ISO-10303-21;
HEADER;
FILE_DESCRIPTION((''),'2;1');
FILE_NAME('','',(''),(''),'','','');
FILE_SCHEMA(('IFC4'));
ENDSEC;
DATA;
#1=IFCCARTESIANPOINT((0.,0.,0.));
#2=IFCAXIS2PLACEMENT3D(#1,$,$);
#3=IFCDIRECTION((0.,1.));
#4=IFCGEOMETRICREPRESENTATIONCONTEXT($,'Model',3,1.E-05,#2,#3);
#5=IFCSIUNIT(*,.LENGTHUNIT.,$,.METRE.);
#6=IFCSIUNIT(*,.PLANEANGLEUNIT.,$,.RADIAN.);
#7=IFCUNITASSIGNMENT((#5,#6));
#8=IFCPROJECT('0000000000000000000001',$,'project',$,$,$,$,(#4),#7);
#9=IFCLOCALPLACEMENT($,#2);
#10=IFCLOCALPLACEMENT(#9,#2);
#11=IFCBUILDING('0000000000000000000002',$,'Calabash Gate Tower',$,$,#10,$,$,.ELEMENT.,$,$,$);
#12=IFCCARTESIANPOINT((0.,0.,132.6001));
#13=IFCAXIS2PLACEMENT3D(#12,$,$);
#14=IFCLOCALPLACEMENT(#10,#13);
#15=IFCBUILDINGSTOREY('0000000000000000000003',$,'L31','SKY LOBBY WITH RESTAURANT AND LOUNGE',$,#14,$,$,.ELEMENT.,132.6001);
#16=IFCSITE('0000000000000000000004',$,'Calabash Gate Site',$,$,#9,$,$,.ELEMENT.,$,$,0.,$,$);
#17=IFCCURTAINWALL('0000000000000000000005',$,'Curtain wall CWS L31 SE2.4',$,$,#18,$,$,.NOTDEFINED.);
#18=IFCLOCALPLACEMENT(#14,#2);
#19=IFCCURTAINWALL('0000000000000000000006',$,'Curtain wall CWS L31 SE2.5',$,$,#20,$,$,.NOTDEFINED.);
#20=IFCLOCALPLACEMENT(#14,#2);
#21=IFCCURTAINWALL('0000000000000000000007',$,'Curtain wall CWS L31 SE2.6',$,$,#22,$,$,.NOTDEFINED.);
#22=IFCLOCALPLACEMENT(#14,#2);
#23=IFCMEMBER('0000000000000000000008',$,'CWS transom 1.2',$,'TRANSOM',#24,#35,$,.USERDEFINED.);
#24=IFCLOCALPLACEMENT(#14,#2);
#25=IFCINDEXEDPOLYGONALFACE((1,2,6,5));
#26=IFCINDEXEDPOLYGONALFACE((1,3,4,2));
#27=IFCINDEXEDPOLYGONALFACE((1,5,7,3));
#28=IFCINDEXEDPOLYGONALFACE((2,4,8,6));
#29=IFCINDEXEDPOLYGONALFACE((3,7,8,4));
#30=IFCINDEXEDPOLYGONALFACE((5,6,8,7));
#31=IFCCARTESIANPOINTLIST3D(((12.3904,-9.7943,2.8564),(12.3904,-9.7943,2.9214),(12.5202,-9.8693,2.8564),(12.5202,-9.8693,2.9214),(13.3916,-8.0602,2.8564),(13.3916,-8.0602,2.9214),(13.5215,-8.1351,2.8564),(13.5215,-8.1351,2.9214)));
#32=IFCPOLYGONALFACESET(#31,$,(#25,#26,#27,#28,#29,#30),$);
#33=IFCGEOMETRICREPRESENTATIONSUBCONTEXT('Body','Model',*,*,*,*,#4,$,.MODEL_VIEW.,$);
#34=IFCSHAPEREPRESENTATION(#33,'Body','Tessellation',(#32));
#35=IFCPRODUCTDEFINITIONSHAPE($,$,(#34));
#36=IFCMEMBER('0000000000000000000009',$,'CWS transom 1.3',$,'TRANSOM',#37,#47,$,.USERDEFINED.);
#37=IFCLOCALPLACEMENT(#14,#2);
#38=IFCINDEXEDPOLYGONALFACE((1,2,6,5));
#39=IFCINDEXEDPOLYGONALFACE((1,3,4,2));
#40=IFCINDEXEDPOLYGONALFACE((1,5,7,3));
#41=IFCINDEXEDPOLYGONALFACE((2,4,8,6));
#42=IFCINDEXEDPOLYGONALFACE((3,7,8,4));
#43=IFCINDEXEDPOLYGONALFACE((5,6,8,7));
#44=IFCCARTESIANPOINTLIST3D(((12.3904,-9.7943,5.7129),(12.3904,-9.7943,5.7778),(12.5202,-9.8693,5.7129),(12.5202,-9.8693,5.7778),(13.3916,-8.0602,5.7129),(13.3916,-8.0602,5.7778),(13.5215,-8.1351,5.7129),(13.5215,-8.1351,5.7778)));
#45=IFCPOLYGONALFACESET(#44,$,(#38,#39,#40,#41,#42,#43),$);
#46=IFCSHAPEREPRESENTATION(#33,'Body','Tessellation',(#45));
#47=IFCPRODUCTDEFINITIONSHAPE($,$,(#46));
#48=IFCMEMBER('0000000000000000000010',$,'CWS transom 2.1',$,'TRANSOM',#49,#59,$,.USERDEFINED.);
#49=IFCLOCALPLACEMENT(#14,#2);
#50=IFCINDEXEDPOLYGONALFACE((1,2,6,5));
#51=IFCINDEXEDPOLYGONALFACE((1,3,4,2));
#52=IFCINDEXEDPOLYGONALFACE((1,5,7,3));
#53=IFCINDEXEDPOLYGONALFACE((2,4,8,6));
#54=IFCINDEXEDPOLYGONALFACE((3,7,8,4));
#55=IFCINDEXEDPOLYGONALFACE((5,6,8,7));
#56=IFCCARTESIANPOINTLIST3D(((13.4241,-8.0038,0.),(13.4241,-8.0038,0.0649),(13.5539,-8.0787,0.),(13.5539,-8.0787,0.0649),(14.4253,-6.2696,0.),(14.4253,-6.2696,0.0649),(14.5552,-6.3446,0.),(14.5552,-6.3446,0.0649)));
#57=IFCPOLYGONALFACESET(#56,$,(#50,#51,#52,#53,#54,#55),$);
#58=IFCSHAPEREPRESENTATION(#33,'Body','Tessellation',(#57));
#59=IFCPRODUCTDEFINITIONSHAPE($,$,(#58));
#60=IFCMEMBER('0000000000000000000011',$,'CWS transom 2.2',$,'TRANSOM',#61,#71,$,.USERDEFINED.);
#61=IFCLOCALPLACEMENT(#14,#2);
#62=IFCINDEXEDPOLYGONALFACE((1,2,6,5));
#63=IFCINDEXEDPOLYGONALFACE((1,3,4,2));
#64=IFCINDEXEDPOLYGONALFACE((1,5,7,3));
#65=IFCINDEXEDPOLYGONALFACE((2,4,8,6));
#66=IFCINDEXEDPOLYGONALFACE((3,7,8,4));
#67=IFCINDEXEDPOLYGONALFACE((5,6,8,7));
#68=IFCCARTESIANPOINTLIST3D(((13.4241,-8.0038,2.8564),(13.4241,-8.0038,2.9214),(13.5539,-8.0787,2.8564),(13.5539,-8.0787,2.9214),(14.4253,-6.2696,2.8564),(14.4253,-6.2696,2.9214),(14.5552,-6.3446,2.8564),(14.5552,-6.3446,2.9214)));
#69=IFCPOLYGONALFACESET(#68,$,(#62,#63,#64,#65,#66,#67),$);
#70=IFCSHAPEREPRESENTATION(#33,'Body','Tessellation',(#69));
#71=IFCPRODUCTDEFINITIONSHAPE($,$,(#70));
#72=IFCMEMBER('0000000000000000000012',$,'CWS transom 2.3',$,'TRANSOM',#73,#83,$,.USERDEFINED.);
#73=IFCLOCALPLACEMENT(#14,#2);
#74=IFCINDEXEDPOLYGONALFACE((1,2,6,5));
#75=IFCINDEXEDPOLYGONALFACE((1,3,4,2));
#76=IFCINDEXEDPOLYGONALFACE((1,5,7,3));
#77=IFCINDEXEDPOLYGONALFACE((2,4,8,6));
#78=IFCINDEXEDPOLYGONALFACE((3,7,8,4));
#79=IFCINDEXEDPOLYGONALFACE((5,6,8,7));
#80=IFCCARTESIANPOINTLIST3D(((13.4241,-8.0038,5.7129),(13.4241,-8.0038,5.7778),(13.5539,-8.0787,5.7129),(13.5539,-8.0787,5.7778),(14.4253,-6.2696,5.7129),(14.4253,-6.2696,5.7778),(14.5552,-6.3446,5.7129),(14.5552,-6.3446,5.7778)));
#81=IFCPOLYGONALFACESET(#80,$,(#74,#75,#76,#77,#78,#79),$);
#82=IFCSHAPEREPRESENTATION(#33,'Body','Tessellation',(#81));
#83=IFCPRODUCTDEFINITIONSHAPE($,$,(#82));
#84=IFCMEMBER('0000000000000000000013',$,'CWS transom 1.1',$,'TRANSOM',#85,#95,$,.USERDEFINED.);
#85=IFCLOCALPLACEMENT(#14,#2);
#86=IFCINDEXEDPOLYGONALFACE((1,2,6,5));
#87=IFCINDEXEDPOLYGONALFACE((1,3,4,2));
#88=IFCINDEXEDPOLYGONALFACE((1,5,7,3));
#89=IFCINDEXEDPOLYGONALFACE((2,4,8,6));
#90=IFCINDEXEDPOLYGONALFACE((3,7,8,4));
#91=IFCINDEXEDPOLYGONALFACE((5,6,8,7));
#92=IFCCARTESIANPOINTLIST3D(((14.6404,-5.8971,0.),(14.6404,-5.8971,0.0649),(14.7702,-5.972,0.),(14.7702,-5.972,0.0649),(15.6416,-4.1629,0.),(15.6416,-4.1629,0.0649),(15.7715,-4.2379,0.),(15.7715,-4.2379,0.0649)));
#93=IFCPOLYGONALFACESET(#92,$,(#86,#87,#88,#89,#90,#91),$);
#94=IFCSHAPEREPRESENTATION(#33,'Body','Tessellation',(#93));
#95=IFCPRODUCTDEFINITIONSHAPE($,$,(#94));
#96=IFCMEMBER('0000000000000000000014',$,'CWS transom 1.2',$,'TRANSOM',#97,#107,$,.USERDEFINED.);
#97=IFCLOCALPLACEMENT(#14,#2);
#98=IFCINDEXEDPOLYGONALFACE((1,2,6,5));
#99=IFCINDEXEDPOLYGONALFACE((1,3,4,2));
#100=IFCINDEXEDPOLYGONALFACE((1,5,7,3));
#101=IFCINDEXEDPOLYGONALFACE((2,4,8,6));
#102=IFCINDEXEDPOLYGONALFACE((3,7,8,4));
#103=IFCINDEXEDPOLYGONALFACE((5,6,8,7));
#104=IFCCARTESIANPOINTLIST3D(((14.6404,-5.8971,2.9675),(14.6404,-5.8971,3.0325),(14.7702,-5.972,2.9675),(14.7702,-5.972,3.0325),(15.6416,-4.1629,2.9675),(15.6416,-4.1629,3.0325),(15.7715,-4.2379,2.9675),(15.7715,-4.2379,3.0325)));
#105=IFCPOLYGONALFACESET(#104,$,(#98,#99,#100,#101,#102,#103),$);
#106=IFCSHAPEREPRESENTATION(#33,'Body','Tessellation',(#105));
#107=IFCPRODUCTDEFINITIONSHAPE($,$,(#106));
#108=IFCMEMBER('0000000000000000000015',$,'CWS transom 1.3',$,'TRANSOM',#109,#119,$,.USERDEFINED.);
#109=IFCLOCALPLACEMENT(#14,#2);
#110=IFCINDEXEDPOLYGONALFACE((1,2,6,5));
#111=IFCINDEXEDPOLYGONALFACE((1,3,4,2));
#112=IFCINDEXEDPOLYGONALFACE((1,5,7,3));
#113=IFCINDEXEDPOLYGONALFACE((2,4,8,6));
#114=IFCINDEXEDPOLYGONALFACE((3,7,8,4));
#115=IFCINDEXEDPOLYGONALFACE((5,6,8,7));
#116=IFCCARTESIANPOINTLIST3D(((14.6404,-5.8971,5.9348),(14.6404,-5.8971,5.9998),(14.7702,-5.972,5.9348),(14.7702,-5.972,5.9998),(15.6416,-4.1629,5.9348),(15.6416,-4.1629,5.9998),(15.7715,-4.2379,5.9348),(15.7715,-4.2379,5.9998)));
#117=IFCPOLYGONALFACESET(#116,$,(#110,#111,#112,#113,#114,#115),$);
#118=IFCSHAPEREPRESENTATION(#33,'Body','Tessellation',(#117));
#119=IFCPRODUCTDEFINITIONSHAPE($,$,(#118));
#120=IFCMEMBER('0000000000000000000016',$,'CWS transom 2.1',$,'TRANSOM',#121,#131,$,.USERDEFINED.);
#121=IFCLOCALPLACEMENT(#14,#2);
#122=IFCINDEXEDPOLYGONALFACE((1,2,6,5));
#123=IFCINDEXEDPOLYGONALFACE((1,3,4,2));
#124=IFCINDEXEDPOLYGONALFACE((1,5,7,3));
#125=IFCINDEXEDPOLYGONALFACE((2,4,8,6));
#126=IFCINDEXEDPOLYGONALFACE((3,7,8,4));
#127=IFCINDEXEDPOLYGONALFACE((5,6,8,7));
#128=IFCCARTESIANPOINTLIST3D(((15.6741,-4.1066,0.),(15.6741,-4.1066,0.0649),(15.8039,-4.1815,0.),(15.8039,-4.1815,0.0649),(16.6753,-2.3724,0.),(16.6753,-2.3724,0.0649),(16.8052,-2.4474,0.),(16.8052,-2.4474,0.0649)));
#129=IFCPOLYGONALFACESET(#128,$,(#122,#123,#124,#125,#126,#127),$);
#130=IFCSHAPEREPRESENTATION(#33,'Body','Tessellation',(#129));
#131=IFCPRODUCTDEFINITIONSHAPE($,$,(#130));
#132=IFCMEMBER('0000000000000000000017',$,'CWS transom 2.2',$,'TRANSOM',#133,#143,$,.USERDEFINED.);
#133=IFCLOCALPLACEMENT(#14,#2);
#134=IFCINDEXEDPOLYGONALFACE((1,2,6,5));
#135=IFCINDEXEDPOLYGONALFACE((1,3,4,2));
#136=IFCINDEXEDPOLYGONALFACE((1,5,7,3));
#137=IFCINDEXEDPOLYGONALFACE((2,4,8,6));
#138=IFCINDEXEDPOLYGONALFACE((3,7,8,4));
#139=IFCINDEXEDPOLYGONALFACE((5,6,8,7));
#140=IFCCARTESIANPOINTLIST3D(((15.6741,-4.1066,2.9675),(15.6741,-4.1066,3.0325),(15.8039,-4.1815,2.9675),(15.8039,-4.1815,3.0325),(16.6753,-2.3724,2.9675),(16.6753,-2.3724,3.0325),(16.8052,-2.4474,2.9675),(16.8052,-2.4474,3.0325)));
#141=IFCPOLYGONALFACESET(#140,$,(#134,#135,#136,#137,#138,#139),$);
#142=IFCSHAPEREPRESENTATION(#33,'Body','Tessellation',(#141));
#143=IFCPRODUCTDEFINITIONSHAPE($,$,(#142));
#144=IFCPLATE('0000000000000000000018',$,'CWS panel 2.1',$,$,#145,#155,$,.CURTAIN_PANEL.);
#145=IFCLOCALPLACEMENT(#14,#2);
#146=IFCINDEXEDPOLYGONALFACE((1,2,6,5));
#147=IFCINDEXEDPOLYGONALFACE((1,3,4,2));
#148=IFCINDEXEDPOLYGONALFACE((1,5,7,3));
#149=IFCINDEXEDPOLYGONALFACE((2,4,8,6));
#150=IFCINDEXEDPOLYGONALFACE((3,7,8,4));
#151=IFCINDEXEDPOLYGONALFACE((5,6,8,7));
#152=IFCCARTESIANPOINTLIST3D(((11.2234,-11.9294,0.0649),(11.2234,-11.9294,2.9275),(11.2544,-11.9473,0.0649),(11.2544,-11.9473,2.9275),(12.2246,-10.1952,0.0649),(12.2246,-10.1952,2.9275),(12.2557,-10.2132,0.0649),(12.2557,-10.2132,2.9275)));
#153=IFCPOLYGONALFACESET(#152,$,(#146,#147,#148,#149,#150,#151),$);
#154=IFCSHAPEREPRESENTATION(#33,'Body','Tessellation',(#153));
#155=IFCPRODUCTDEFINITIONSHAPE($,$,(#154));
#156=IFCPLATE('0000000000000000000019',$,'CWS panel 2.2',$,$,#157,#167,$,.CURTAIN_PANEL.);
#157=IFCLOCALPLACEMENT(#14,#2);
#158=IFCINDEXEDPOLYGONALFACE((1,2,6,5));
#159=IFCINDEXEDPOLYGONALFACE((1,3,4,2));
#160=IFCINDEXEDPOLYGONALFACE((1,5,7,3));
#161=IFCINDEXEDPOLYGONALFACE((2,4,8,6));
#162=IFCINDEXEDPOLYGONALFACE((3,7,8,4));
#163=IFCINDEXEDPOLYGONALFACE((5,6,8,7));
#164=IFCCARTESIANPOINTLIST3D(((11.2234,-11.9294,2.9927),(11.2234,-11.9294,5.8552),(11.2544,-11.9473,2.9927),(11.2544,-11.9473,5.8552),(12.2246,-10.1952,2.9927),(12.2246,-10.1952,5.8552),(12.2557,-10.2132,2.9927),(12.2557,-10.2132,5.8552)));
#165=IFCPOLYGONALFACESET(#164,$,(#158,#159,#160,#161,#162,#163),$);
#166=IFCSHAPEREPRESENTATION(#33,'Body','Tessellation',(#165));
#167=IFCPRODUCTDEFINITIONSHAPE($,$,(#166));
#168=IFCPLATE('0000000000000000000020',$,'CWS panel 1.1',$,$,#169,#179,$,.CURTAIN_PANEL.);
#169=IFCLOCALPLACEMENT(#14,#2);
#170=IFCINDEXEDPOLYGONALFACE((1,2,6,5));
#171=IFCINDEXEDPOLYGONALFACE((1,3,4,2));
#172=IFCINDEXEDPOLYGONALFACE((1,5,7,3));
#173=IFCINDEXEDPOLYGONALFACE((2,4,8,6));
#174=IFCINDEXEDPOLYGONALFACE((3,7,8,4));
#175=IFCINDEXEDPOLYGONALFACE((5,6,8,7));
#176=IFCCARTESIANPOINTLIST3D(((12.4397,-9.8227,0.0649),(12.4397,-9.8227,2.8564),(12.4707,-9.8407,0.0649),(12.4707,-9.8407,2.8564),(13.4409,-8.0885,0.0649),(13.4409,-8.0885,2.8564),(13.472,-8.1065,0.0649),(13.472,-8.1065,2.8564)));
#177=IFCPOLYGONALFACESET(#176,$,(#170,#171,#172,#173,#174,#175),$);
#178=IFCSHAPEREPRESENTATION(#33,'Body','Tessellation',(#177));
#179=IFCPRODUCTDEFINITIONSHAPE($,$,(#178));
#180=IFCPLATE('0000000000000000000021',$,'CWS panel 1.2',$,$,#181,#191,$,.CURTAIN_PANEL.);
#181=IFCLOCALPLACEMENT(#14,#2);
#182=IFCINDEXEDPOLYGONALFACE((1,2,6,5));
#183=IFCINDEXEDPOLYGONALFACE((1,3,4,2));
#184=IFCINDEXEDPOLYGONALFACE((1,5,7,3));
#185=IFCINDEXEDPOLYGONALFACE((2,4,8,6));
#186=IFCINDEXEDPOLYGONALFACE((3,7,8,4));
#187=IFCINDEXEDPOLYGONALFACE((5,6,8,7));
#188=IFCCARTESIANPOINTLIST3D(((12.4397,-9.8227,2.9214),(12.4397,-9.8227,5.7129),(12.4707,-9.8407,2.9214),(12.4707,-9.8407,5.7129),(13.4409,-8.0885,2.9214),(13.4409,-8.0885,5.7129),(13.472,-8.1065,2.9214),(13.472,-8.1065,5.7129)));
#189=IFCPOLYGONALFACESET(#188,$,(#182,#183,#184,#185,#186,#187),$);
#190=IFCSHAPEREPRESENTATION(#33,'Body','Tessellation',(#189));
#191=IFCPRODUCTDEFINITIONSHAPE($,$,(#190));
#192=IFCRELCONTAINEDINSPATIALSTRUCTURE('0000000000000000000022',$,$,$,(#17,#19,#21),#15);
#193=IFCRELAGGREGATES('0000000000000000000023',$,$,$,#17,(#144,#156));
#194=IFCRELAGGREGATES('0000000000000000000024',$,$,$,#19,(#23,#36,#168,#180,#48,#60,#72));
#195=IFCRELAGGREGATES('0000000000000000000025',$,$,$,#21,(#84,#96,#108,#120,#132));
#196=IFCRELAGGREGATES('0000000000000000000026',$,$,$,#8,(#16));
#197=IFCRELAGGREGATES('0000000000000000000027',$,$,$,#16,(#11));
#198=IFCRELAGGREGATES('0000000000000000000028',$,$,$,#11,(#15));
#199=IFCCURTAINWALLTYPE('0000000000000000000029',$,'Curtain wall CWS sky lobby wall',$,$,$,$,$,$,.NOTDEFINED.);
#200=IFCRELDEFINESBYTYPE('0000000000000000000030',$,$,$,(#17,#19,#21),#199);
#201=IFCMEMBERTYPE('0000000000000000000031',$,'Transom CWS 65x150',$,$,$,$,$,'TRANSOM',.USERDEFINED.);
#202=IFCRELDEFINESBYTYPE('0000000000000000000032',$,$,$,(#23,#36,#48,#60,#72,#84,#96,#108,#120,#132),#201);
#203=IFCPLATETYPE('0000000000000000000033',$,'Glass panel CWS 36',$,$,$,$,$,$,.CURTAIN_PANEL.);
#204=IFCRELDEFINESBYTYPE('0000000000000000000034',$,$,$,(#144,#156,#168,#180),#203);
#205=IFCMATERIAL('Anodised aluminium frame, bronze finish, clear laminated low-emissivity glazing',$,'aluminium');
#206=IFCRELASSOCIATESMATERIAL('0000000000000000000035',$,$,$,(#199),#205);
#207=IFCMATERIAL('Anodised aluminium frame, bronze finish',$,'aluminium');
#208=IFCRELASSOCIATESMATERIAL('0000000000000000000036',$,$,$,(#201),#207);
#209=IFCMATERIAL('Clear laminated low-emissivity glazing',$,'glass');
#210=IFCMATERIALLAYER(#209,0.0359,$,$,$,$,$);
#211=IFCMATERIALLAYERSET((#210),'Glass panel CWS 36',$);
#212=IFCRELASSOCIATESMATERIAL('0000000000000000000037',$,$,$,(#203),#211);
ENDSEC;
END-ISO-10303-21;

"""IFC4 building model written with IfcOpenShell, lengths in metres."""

from ifc_helpers import new_model, si_unit, direction, frame, origin, origin_2d, place, context, subcontext, project, spatial, rectangle, extrude, material, layer, layer_set, material_profile, profile_set, type_object, element, aggregate, save


model = new_model("IFC4")

# Units and contexts
model_context = context("Model", 3, precision=1e-05, world=origin(), true_north=direction((0.0, 1.0)))
body_context = subcontext(model_context, "Body", "Model", "MODEL_VIEW")
ifc_project = project(units=[si_unit("LENGTHUNIT", "METRE"), si_unit("PLANEANGLEUNIT", "RADIAN")], contexts=[model_context])

# Site, building, storey
site_placement = place(None, origin())
site = spatial("IfcSite", under=ifc_project, at=site_placement, Name="Calabash Gate Site", CompositionType="ELEMENT", RefElevation=0.0)
building_placement = place(site_placement, origin())
building = spatial("IfcBuilding", under=site, at=building_placement, Name="Calabash Gate Tower", CompositionType="ELEMENT")
storey_placement = place(building_placement, frame((0.0, 0.0, 132.6001)))
storey = spatial("IfcBuildingStorey", under=building, at=storey_placement, Name="L31", Description="SKY LOBBY WITH RESTAURANT AND LOUNGE", CompositionType="ELEMENT", Elevation=132.6001)

# Curtain wall
ifc_material_1 = material(Name="Anodised aluminium frame, bronze finish, clear laminated low-emissivity glazing", Category="aluminium")
curtain_wall_type = type_object("IfcCurtainWallType", Name="Curtain wall CWS sky lobby wall", PredefinedType="NOTDEFINED", material=ifc_material_1)
curtain_wall_1_placement = place(storey_placement, origin())
curtain_wall_1 = element("IfcCurtainWall", 1, at=curtain_wall_1_placement, inside=storey, type_object=curtain_wall_type, Name="Curtain wall CWS L31 SE2.4", PredefinedType="NOTDEFINED")

# Curtain walls
curtain_wall_2_placement = place(storey_placement, origin())
curtain_wall_2 = element("IfcCurtainWall", 2, at=curtain_wall_2_placement, inside=storey, type_object=curtain_wall_type, Name="Curtain wall CWS L31 SE2.5", PredefinedType="NOTDEFINED")
curtain_wall_3_placement = place(storey_placement, origin())
curtain_wall_3 = element("IfcCurtainWall", 3, at=curtain_wall_3_placement, inside=storey, type_object=curtain_wall_type, Name="Curtain wall CWS L31 SE2.6", PredefinedType="NOTDEFINED")

# Members
ifc_material_2 = material(Name="Anodised aluminium frame, bronze finish", Category="aluminium")
ifc_material_profile_1 = material_profile(ifc_material_2, rectangle(XDim=0.1499, YDim=0.0649, at=origin_2d()))
ifc_profile_set_1 = profile_set([ifc_material_profile_1], Name="Anodised aluminium frame, bronze finish")
member_type_1 = type_object("IfcMemberType", Name="Transom CWS 65x150", ElementType="TRANSOM", PredefinedType="USERDEFINED", material=ifc_profile_set_1)
member_1_placement = place(storey_placement, frame((12.4553, -9.8318, 2.8889), z_axis=(0.500007, 0.866021, 0.0), x_axis=(-0.866021, 0.500007, 0.0)))
member_1 = element("IfcMember", 4, at=member_1_placement, type_object=member_type_1, Name="CWS transom 1.2", ObjectType="TRANSOM", PredefinedType="USERDEFINED", context=body_context, shape_type="SweptSolid", body=[
    extrude(rectangle(XDim=0.1499, YDim=0.0649, at=origin_2d()), origin(), (0.0, 0.0, 1.0), 2.0024),
])
member_2_placement = place(storey_placement, frame((12.4553, -9.8318, 5.7454), z_axis=(0.500007, 0.866021, 0.0), x_axis=(-0.866021, 0.500007, 0.0)))
member_2 = element("IfcMember", 5, at=member_2_placement, type_object=member_type_1, Name="CWS transom 1.3", ObjectType="TRANSOM", PredefinedType="USERDEFINED", context=body_context, shape_type="SweptSolid", body=[
    extrude(rectangle(XDim=0.1499, YDim=0.0649, at=origin_2d()), origin(), (0.0, 0.0, 1.0), 2.0024),
])
member_3_placement = place(storey_placement, frame((13.489, -8.0413, 0.0325), z_axis=(0.500007, 0.866021, 0.0), x_axis=(-0.866021, 0.500007, 0.0)))
member_3 = element("IfcMember", 6, at=member_3_placement, type_object=member_type_1, Name="CWS transom 2.1", ObjectType="TRANSOM", PredefinedType="USERDEFINED", context=body_context, shape_type="SweptSolid", body=[
    extrude(rectangle(XDim=0.1499, YDim=0.0649, at=origin_2d()), origin(), (0.0, 0.0, 1.0), 2.0024),
])
member_4_placement = place(storey_placement, frame((13.489, -8.0413, 2.8889), z_axis=(0.500007, 0.866021, 0.0), x_axis=(-0.866021, 0.500007, 0.0)))
member_4 = element("IfcMember", 7, at=member_4_placement, type_object=member_type_1, Name="CWS transom 2.2", ObjectType="TRANSOM", PredefinedType="USERDEFINED", context=body_context, shape_type="SweptSolid", body=[
    extrude(rectangle(XDim=0.1499, YDim=0.0649, at=origin_2d()), origin(), (0.0, 0.0, 1.0), 2.0024),
])
member_5_placement = place(storey_placement, frame((13.489, -8.0413, 5.7454), z_axis=(0.500007, 0.866021, 0.0), x_axis=(-0.866021, 0.500007, 0.0)))
member_5 = element("IfcMember", 8, at=member_5_placement, type_object=member_type_1, Name="CWS transom 2.3", ObjectType="TRANSOM", PredefinedType="USERDEFINED", context=body_context, shape_type="SweptSolid", body=[
    extrude(rectangle(XDim=0.1499, YDim=0.0649, at=origin_2d()), origin(), (0.0, 0.0, 1.0), 2.0024),
])
member_6_placement = place(storey_placement, frame((14.7053, -5.9346, 0.0325), z_axis=(0.500007, 0.866021, 0.0), x_axis=(-0.866021, 0.500007, 0.0)))
member_6 = element("IfcMember", 9, at=member_6_placement, type_object=member_type_1, Name="CWS transom 1.1", ObjectType="TRANSOM", PredefinedType="USERDEFINED", context=body_context, shape_type="SweptSolid", body=[
    extrude(rectangle(XDim=0.1499, YDim=0.0649, at=origin_2d()), origin(), (0.0, 0.0, 1.0), 2.0024),
])
member_7_placement = place(storey_placement, frame((14.7053, -5.9346, 3.0), z_axis=(0.500007, 0.866021, 0.0), x_axis=(-0.866021, 0.500007, 0.0)))
member_7 = element("IfcMember", 10, at=member_7_placement, type_object=member_type_1, Name="CWS transom 1.2", ObjectType="TRANSOM", PredefinedType="USERDEFINED", context=body_context, shape_type="SweptSolid", body=[
    extrude(rectangle(XDim=0.1499, YDim=0.0649, at=origin_2d()), origin(), (0.0, 0.0, 1.0), 2.0024),
])
member_8_placement = place(storey_placement, frame((14.7053, -5.9346, 5.9673), z_axis=(0.500007, 0.866021, 0.0), x_axis=(-0.866021, 0.500007, 0.0)))
member_8 = element("IfcMember", 11, at=member_8_placement, type_object=member_type_1, Name="CWS transom 1.3", ObjectType="TRANSOM", PredefinedType="USERDEFINED", context=body_context, shape_type="SweptSolid", body=[
    extrude(rectangle(XDim=0.1499, YDim=0.0649, at=origin_2d()), origin(), (0.0, 0.0, 1.0), 2.0024),
])
member_9_placement = place(storey_placement, frame((15.739, -4.144, 0.0325), z_axis=(0.500007, 0.866021, 0.0), x_axis=(-0.866021, 0.500007, 0.0)))
member_9 = element("IfcMember", 12, at=member_9_placement, type_object=member_type_1, Name="CWS transom 2.1", ObjectType="TRANSOM", PredefinedType="USERDEFINED", context=body_context, shape_type="SweptSolid", body=[
    extrude(rectangle(XDim=0.1499, YDim=0.0649, at=origin_2d()), origin(), (0.0, 0.0, 1.0), 2.0024),
])
member_10_placement = place(storey_placement, frame((15.739, -4.144, 3.0), z_axis=(0.500007, 0.866021, 0.0), x_axis=(-0.866021, 0.500007, 0.0)))
member_10 = element("IfcMember", 13, at=member_10_placement, type_object=member_type_1, Name="CWS transom 2.2", ObjectType="TRANSOM", PredefinedType="USERDEFINED", context=body_context, shape_type="SweptSolid", body=[
    extrude(rectangle(XDim=0.1499, YDim=0.0649, at=origin_2d()), origin(), (0.0, 0.0, 1.0), 2.0024),
])

# Plates
ifc_material_3 = material(Name="Clear laminated low-emissivity glazing", Category="glass")
ifc_layer_1 = layer(ifc_material_3, 0.0359)
ifc_layer_set_1 = layer_set([ifc_layer_1], Name="Glass panel CWS 36")
plate_type = type_object("IfcPlateType", Name="Glass panel CWS 36", PredefinedType="CURTAIN_PANEL", material=ifc_layer_set_1)
plate_1_placement = place(storey_placement, frame((11.7395, -11.0713, 0.0649), z_axis=(0.0, 0.0, 1.0), x_axis=(0.5, 0.866025, 0.0)))
plate_1 = element("IfcPlate", 14, at=plate_1_placement, type_object=plate_type, Name="CWS panel 2.1", PredefinedType="CURTAIN_PANEL", context=body_context, shape_type="SweptSolid", body=[
    extrude(rectangle(XDim=2.0024, YDim=0.0359, at=origin_2d()), origin(), (0.0, 0.0, 1.0), 2.8625),
])
plate_2_placement = place(storey_placement, frame((11.7395, -11.0713, 2.9927), z_axis=(0.0, 0.0, 1.0), x_axis=(0.5, 0.866025, 0.0)))
plate_2 = element("IfcPlate", 15, at=plate_2_placement, type_object=plate_type, Name="CWS panel 2.2", PredefinedType="CURTAIN_PANEL", context=body_context, shape_type="SweptSolid", body=[
    extrude(rectangle(XDim=2.0024, YDim=0.0359, at=origin_2d()), origin(), (0.0, 0.0, 1.0), 2.8625),
])
aggregate(curtain_wall_1, [plate_1, plate_2])
plate_3_placement = place(storey_placement, frame((12.9558, -8.9646, 0.0649), z_axis=(0.0, 0.0, 1.0), x_axis=(0.5, 0.866025, 0.0)))
plate_3 = element("IfcPlate", 16, at=plate_3_placement, type_object=plate_type, Name="CWS panel 1.1", PredefinedType="CURTAIN_PANEL", context=body_context, shape_type="SweptSolid", body=[
    extrude(rectangle(XDim=2.0024, YDim=0.0359, at=origin_2d()), origin(), (0.0, 0.0, 1.0), 2.7915),
])
plate_4_placement = place(storey_placement, frame((12.9558, -8.9646, 2.9214), z_axis=(0.0, 0.0, 1.0), x_axis=(0.5, 0.866025, 0.0)))
plate_4 = element("IfcPlate", 17, at=plate_4_placement, type_object=plate_type, Name="CWS panel 1.2", PredefinedType="CURTAIN_PANEL", context=body_context, shape_type="SweptSolid", body=[
    extrude(rectangle(XDim=2.0024, YDim=0.0359, at=origin_2d()), origin(), (0.0, 0.0, 1.0), 2.7915),
])
aggregate(curtain_wall_2, [member_1, member_2, plate_3, plate_4, member_3, member_4, member_5])
aggregate(curtain_wall_3, [member_6, member_7, member_8, member_9, member_10])

save(model, "model.ifc")
